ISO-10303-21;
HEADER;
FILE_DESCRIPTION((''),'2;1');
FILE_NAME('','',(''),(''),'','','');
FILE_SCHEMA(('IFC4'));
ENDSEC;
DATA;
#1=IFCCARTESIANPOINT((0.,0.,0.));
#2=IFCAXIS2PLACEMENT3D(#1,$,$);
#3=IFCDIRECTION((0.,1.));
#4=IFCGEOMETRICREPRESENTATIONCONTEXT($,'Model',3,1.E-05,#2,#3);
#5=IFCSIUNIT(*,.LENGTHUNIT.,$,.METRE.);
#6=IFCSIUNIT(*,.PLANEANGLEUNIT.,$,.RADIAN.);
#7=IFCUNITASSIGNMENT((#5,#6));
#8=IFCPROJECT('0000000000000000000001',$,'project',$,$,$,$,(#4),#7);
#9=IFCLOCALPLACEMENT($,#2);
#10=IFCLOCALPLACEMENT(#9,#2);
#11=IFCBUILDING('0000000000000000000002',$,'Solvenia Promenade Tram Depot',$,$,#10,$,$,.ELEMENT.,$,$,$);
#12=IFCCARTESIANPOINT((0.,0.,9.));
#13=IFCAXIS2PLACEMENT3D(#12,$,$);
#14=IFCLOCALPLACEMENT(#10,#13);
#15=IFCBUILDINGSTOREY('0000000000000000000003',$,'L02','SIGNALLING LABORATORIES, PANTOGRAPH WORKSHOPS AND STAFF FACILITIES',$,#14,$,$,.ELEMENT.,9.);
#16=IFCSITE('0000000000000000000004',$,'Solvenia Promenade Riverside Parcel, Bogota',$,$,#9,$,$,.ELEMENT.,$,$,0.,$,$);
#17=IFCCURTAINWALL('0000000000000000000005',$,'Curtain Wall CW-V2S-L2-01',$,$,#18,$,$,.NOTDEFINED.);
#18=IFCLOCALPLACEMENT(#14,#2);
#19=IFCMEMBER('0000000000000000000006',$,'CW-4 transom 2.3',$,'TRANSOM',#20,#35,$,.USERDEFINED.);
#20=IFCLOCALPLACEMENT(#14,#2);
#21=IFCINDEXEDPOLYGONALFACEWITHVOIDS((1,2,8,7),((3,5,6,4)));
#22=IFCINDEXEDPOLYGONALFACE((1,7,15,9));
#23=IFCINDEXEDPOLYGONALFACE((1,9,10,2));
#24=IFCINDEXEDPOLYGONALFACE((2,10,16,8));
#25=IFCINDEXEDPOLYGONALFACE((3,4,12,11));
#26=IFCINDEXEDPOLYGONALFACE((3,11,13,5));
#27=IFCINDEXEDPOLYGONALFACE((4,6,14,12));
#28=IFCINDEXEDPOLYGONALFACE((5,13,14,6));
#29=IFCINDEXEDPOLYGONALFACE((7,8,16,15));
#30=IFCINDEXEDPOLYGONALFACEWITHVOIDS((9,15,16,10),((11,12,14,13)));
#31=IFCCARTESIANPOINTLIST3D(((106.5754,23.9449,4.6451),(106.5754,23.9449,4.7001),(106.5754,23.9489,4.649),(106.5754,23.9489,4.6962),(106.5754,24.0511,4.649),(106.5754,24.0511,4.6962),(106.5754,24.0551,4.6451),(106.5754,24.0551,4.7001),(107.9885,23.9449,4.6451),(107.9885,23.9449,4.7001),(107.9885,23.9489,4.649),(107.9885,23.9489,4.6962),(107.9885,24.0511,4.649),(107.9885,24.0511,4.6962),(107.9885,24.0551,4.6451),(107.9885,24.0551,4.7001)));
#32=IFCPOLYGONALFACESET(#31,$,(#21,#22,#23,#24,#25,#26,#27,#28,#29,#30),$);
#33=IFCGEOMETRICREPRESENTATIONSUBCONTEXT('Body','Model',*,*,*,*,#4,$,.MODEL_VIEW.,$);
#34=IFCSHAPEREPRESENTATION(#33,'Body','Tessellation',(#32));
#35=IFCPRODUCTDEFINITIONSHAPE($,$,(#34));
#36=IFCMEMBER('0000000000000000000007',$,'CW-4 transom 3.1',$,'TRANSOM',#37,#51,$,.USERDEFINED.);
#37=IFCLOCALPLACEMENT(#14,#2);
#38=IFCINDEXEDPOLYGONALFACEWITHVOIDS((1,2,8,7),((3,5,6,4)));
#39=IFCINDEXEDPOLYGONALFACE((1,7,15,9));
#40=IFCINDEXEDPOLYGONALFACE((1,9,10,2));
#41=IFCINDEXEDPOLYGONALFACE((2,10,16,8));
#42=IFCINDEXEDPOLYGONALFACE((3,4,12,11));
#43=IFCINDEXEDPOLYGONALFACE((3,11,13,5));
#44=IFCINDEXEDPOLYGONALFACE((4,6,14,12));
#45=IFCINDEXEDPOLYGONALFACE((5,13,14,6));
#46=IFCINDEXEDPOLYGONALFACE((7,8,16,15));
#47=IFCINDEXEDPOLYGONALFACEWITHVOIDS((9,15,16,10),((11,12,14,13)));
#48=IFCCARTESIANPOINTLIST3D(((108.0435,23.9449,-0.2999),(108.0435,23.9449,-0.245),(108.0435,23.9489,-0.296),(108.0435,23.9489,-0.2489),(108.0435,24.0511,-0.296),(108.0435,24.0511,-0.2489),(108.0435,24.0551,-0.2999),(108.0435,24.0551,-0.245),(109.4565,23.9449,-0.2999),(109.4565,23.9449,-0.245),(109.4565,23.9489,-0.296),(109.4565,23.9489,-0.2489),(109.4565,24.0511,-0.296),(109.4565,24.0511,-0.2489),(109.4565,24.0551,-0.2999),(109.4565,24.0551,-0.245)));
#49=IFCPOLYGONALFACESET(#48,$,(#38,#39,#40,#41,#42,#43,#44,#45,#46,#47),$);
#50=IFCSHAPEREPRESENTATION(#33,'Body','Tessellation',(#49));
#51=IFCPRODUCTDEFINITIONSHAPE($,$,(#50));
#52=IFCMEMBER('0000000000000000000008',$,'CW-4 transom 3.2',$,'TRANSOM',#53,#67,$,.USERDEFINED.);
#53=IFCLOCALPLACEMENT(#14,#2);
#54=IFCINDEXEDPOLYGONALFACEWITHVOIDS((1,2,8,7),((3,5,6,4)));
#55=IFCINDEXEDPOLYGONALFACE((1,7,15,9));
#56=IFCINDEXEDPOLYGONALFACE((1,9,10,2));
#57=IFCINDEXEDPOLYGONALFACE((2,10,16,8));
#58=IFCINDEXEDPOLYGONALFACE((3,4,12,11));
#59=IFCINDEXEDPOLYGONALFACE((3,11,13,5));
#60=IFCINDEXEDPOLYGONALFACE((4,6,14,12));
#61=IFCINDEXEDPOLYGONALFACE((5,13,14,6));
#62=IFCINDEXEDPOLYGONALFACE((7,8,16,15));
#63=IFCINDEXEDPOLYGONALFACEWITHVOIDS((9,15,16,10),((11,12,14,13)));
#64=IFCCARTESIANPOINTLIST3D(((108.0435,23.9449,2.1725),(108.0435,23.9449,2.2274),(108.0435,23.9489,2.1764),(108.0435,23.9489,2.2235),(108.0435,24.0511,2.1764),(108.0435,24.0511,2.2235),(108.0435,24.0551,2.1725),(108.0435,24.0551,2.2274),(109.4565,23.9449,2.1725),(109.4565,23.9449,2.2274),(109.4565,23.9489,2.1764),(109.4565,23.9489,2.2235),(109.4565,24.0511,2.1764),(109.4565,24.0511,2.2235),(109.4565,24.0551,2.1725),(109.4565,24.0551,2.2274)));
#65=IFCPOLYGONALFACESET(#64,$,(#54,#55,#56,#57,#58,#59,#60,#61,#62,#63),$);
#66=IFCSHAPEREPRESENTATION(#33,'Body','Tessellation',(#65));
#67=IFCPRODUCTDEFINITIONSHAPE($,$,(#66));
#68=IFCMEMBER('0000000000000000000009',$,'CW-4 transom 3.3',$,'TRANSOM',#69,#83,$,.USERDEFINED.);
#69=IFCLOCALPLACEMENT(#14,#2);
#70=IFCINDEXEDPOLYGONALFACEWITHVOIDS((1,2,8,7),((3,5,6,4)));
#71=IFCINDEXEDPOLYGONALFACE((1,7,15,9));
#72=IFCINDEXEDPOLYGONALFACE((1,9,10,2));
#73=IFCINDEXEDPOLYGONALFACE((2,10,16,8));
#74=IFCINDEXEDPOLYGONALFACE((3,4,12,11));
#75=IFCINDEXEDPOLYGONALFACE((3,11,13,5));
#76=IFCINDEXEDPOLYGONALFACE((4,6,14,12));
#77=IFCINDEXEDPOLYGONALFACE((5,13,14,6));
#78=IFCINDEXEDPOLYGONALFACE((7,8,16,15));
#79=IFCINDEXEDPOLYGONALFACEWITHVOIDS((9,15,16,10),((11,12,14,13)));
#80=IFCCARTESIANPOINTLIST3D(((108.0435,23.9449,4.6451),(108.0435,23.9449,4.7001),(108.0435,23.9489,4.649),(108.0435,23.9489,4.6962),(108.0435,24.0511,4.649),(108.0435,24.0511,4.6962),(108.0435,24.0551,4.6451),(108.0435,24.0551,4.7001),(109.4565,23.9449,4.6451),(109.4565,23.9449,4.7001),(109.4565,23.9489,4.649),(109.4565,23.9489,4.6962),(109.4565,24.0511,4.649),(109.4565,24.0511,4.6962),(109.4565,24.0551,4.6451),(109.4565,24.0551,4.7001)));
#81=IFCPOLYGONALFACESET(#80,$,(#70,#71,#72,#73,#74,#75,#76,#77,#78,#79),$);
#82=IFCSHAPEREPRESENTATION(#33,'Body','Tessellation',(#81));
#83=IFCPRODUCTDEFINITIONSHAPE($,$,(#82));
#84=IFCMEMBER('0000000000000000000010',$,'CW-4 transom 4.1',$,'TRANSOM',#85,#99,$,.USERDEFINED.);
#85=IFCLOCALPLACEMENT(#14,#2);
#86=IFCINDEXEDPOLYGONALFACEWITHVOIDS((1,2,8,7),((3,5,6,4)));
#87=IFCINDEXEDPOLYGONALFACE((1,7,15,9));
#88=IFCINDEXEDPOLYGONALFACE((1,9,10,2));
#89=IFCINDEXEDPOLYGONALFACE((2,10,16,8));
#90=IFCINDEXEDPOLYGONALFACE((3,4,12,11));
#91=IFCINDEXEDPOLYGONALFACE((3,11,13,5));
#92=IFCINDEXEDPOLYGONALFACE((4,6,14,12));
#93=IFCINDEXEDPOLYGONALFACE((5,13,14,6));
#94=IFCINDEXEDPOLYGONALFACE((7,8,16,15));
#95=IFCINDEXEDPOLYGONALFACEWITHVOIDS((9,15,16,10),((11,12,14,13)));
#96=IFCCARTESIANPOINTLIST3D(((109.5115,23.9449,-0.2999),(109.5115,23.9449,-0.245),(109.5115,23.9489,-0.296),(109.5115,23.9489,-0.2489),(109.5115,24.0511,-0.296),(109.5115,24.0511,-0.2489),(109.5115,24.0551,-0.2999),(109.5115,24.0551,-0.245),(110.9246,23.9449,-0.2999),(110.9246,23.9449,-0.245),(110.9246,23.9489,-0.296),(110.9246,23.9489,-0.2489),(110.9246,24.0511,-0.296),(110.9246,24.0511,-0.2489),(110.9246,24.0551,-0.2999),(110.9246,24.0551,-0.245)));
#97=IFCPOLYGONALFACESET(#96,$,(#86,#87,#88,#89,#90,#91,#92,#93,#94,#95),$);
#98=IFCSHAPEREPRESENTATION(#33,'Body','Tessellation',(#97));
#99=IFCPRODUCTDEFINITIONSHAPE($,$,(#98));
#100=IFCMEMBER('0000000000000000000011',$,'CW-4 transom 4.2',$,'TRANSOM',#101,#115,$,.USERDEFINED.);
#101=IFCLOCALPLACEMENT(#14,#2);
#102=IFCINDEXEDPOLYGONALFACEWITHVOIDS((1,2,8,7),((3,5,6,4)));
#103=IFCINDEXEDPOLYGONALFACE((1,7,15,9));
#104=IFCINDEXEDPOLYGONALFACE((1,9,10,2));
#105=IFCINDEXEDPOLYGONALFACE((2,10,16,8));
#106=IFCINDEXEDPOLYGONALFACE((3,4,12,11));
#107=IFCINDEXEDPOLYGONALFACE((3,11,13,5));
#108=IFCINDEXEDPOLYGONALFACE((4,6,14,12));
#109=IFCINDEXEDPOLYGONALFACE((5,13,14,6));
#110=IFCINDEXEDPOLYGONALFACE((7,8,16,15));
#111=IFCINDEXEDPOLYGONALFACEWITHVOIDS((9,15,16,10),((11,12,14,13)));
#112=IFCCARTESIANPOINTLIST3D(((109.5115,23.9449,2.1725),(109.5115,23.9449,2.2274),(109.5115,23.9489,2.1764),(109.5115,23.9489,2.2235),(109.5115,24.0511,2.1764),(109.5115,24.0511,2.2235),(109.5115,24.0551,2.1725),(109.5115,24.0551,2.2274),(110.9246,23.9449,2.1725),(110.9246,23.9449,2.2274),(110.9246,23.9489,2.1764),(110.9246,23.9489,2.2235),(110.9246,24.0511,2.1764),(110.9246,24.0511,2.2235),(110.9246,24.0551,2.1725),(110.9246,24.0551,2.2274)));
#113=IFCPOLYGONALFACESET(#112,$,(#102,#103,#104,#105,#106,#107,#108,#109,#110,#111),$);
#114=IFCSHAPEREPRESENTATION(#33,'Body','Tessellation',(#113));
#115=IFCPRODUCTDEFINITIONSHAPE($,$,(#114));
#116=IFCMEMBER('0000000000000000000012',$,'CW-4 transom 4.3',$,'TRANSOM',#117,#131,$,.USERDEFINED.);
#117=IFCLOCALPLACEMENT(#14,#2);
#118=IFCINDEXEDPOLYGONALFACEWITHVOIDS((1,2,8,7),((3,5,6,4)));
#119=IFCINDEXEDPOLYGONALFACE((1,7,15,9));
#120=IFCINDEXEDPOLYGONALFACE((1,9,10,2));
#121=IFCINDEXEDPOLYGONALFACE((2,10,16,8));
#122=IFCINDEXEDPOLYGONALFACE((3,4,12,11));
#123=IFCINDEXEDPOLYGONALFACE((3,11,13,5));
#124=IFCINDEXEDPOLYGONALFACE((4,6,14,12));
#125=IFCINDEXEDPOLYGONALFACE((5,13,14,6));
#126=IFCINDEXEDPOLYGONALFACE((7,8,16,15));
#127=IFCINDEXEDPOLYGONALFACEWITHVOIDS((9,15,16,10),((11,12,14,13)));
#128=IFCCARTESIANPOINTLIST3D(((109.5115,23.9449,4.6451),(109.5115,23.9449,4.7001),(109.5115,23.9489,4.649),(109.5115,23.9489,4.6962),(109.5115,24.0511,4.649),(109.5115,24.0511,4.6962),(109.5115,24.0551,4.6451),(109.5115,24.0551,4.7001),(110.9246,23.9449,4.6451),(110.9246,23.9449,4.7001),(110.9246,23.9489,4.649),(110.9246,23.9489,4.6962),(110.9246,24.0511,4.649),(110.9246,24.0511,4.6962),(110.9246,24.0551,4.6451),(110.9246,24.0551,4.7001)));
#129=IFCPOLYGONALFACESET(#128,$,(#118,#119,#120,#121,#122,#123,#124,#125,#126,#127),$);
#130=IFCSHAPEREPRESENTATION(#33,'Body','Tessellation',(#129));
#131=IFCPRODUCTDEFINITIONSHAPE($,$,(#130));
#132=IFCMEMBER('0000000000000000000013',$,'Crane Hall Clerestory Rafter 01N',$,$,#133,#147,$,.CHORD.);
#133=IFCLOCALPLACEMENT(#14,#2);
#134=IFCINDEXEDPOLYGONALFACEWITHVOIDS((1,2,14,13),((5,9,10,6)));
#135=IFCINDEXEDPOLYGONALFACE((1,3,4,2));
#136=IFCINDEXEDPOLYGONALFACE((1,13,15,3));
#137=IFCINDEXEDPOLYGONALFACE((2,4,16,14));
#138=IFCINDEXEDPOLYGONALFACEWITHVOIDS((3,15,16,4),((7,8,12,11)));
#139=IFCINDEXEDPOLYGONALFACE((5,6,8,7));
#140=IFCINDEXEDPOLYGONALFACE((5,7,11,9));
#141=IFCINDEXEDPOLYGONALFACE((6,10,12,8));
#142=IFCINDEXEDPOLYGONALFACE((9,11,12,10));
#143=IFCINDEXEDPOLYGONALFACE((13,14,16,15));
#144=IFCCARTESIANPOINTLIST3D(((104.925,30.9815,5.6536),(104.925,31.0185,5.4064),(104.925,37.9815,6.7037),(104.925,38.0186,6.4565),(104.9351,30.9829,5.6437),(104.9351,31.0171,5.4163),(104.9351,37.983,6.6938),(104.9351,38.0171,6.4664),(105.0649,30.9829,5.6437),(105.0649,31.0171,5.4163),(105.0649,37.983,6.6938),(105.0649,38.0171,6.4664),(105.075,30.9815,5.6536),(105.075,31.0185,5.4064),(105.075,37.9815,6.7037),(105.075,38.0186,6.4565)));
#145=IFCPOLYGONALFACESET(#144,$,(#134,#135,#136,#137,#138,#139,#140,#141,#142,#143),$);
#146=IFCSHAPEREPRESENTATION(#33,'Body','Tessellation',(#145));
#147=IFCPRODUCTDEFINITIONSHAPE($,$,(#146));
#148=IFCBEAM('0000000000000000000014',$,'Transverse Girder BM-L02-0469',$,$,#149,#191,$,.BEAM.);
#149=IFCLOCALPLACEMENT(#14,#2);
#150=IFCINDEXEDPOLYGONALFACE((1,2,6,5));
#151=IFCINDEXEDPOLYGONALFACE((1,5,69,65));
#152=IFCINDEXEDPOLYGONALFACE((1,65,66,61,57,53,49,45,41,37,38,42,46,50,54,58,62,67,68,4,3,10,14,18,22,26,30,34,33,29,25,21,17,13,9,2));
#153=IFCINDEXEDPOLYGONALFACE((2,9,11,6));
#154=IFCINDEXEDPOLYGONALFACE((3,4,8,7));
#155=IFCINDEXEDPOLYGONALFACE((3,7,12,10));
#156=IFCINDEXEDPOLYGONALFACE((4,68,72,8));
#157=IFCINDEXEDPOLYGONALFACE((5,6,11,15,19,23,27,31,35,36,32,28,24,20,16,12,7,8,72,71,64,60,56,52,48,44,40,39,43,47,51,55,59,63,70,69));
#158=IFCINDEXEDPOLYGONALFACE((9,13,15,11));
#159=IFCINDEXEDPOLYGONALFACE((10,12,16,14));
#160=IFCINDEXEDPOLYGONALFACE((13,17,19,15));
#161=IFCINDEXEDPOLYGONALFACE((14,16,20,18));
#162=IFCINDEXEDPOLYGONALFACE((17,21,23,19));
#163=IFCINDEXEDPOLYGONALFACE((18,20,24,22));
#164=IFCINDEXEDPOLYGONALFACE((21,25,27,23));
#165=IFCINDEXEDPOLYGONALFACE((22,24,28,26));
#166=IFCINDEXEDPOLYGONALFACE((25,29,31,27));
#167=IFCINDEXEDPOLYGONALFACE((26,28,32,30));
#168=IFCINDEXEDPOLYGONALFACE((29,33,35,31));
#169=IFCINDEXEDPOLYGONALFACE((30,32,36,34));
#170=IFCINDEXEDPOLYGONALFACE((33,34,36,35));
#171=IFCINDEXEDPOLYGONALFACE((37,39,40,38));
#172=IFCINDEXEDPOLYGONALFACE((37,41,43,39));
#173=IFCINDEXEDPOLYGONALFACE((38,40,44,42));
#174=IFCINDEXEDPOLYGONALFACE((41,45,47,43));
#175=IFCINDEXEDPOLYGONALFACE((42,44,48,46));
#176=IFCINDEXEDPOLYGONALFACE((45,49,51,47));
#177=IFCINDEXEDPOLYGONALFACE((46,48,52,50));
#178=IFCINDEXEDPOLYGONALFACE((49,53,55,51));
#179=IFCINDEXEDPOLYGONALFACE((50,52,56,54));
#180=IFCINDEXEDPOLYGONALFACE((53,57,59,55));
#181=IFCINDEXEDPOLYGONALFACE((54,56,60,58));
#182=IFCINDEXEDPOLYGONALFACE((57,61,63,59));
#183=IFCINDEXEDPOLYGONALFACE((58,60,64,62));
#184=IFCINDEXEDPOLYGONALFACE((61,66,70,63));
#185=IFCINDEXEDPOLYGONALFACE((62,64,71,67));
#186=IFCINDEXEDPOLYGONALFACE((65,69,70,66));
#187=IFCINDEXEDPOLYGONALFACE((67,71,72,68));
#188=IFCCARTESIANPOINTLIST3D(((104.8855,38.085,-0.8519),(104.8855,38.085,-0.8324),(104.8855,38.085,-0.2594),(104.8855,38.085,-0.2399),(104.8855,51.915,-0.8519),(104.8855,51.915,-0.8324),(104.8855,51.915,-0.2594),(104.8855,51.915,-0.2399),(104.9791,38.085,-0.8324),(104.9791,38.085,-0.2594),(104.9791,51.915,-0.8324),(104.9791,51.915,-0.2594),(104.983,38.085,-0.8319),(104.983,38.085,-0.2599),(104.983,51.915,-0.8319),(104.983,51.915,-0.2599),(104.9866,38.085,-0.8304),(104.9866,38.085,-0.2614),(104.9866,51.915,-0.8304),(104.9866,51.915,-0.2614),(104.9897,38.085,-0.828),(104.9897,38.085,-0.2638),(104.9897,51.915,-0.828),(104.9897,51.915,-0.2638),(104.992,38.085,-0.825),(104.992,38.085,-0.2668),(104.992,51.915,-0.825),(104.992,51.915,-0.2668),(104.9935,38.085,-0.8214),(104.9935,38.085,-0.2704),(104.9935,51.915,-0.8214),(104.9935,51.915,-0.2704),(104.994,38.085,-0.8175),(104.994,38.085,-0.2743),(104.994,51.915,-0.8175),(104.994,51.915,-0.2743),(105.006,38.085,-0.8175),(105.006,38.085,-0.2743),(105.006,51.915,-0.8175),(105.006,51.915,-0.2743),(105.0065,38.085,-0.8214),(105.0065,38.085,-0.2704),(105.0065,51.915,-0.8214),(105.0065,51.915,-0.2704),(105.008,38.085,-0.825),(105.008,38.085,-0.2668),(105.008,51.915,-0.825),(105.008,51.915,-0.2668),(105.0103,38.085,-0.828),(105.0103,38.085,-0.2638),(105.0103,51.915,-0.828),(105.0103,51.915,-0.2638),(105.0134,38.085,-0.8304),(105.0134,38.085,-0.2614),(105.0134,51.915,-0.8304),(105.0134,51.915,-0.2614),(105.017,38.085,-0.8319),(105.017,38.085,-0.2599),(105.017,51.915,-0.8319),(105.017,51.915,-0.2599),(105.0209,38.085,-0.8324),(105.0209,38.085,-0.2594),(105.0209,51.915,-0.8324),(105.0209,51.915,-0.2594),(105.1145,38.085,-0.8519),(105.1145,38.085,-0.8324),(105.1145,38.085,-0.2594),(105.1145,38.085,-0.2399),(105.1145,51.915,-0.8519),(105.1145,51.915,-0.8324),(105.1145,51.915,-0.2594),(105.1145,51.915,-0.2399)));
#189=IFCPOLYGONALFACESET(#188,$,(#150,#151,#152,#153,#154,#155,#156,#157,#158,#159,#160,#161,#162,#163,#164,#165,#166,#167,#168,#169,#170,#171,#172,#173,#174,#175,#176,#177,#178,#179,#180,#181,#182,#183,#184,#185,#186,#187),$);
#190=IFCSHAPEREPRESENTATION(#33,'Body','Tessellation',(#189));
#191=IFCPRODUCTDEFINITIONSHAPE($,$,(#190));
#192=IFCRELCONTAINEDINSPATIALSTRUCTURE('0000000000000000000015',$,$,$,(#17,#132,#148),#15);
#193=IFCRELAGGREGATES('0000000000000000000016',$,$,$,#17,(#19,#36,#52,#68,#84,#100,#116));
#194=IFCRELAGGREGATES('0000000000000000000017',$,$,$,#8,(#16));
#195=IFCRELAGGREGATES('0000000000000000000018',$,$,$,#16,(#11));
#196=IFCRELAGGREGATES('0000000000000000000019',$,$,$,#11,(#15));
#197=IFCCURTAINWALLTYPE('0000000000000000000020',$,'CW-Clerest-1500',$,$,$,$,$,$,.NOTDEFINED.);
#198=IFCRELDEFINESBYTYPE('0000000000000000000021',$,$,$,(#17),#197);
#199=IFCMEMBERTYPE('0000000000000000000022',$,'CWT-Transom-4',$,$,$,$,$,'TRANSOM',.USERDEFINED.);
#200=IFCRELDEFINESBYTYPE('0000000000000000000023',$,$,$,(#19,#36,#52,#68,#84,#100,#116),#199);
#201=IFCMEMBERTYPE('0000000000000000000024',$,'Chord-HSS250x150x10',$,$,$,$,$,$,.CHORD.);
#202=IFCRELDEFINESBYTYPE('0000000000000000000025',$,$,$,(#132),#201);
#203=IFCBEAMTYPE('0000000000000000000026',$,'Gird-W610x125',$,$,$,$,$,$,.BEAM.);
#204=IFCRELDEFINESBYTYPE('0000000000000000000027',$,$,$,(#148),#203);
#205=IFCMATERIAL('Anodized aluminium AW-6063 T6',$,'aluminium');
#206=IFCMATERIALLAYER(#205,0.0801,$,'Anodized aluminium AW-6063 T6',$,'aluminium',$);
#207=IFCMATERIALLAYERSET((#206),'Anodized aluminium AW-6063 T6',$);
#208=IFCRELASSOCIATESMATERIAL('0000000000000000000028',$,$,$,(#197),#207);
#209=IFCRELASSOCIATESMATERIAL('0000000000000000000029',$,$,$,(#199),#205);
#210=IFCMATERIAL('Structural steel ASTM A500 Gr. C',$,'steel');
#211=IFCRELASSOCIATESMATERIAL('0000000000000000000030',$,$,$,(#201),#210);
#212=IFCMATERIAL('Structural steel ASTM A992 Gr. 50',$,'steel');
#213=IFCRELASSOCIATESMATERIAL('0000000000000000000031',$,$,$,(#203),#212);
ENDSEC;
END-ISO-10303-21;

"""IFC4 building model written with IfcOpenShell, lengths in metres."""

from ifc_helpers import new_model, si_unit, direction, frame, origin, origin_2d, place, context, subcontext, project, spatial, hollow_rectangle, i_section, extrude, material, layer, layer_set, material_profile, profile_set, type_object, element, aggregate, save


model = new_model("IFC4")

# Units and contexts
model_context = context("Model", 3, precision=1e-05, world=origin(), true_north=direction((0.0, 1.0)))
body_context = subcontext(model_context, "Body", "Model", "MODEL_VIEW")
ifc_project = project(units=[si_unit("LENGTHUNIT", "METRE"), si_unit("PLANEANGLEUNIT", "RADIAN")], contexts=[model_context])

# Site, building, storey
site_placement = place(None, origin())
site = spatial("IfcSite", under=ifc_project, at=site_placement, Name="Solvenia Promenade Riverside Parcel, Bogota", CompositionType="ELEMENT", RefElevation=0.0)
building_placement = place(site_placement, origin())
building = spatial("IfcBuilding", under=site, at=building_placement, Name="Solvenia Promenade Tram Depot", CompositionType="ELEMENT")
storey_placement = place(building_placement, frame((0.0, 0.0, 9.0)))
storey = spatial("IfcBuildingStorey", under=building, at=storey_placement, Name="L02", Description="SIGNALLING LABORATORIES, PANTOGRAPH WORKSHOPS AND STAFF FACILITIES", CompositionType="ELEMENT", Elevation=9.0)

# Shared definitions
ifc_material_1 = material(Name="Structural steel ASTM A992 Gr. 50", Category="steel")

# Shared definitions
ifc_material_2 = material(Name="Anodized aluminium AW-6063 T6", Category="aluminium")

# Curtain wall
ifc_layer_1 = layer(ifc_material_2, 0.0801, Name="Anodized aluminium AW-6063 T6", Category="aluminium")
ifc_layer_set_1 = layer_set([ifc_layer_1], Name="Anodized aluminium AW-6063 T6")
curtain_wall_type_1 = type_object("IfcCurtainWallType", Name="CW-Clerest-1500", PredefinedType="NOTDEFINED", material=ifc_layer_set_1)
curtain_wall_1_placement = place(storey_placement, origin())
curtain_wall_1 = element("IfcCurtainWall", 1, at=curtain_wall_1_placement, inside=storey, type_object=curtain_wall_type_1, Name="Curtain Wall CW-V2S-L2-01", PredefinedType="NOTDEFINED")

# Members
ifc_material_profile_1 = material_profile(ifc_material_2, hollow_rectangle(XDim=0.1101, YDim=0.0549, WallThickness=0.0039, at=origin_2d()), Name="ALU-T4", Category="aluminium")
ifc_profile_set_1 = profile_set([ifc_material_profile_1], Name="Anodized aluminium AW-6063 T6")
member_type_1 = type_object("IfcMemberType", Name="CWT-Transom-4", ElementType="TRANSOM", PredefinedType="USERDEFINED", material=ifc_profile_set_1)
member_1_placement = place(storey_placement, frame((106.5754, 24.0, 4.6726), z_axis=(1.0, 0.0, 0.0), x_axis=(0.0, 1.0, 0.0)))
member_1 = element("IfcMember", 2, at=member_1_placement, type_object=member_type_1, Name="CW-4 transom 2.3", ObjectType="TRANSOM", PredefinedType="USERDEFINED", context=body_context, shape_type="SweptSolid", body=[
    extrude(hollow_rectangle(XDim=0.1101, YDim=0.0549, WallThickness=0.0039, at=origin_2d()), origin(), (0.0, 0.0, 1.0), 1.4131),
])
member_2_placement = place(storey_placement, frame((108.0435, 24.0, -0.2725), z_axis=(1.0, 0.0, 0.0), x_axis=(0.0, 1.0, 0.0)))
member_2 = element("IfcMember", 3, at=member_2_placement, type_object=member_type_1, Name="CW-4 transom 3.1", ObjectType="TRANSOM", PredefinedType="USERDEFINED", context=body_context, shape_type="SweptSolid", body=[
    extrude(hollow_rectangle(XDim=0.1101, YDim=0.0549, WallThickness=0.0039, at=origin_2d()), origin(), (0.0, 0.0, 1.0), 1.4131),
])
member_3_placement = place(storey_placement, frame((108.0435, 24.0, 2.2), z_axis=(1.0, 0.0, 0.0), x_axis=(0.0, 1.0, 0.0)))
member_3 = element("IfcMember", 4, at=member_3_placement, type_object=member_type_1, Name="CW-4 transom 3.2", ObjectType="TRANSOM", PredefinedType="USERDEFINED", context=body_context, shape_type="SweptSolid", body=[
    extrude(hollow_rectangle(XDim=0.1101, YDim=0.0549, WallThickness=0.0039, at=origin_2d()), origin(), (0.0, 0.0, 1.0), 1.4131),
])
member_4_placement = place(storey_placement, frame((108.0435, 24.0, 4.6726), z_axis=(1.0, 0.0, 0.0), x_axis=(0.0, 1.0, 0.0)))
member_4 = element("IfcMember", 5, at=member_4_placement, type_object=member_type_1, Name="CW-4 transom 3.3", ObjectType="TRANSOM", PredefinedType="USERDEFINED", context=body_context, shape_type="SweptSolid", body=[
    extrude(hollow_rectangle(XDim=0.1101, YDim=0.0549, WallThickness=0.0039, at=origin_2d()), origin(), (0.0, 0.0, 1.0), 1.4131),
])
member_5_placement = place(storey_placement, frame((109.5115, 24.0, -0.2725), z_axis=(1.0, 0.0, 0.0), x_axis=(0.0, 1.0, 0.0)))
member_5 = element("IfcMember", 6, at=member_5_placement, type_object=member_type_1, Name="CW-4 transom 4.1", ObjectType="TRANSOM", PredefinedType="USERDEFINED", context=body_context, shape_type="SweptSolid", body=[
    extrude(hollow_rectangle(XDim=0.1101, YDim=0.0549, WallThickness=0.0039, at=origin_2d()), origin(), (0.0, 0.0, 1.0), 1.4131),
])
member_6_placement = place(storey_placement, frame((109.5115, 24.0, 2.2), z_axis=(1.0, 0.0, 0.0), x_axis=(0.0, 1.0, 0.0)))
member_6 = element("IfcMember", 7, at=member_6_placement, type_object=member_type_1, Name="CW-4 transom 4.2", ObjectType="TRANSOM", PredefinedType="USERDEFINED", context=body_context, shape_type="SweptSolid", body=[
    extrude(hollow_rectangle(XDim=0.1101, YDim=0.0549, WallThickness=0.0039, at=origin_2d()), origin(), (0.0, 0.0, 1.0), 1.4131),
])
member_7_placement = place(storey_placement, frame((109.5115, 24.0, 4.6726), z_axis=(1.0, 0.0, 0.0), x_axis=(0.0, 1.0, 0.0)))
member_7 = element("IfcMember", 8, at=member_7_placement, type_object=member_type_1, Name="CW-4 transom 4.3", ObjectType="TRANSOM", PredefinedType="USERDEFINED", context=body_context, shape_type="SweptSolid", body=[
    extrude(hollow_rectangle(XDim=0.1101, YDim=0.0549, WallThickness=0.0039, at=origin_2d()), origin(), (0.0, 0.0, 1.0), 1.4131),
])
ifc_material_3 = material(Name="Structural steel ASTM A500 Gr. C", Category="steel")
ifc_material_profile_2 = material_profile(ifc_material_3, hollow_rectangle(XDim=0.1499, YDim=0.25, WallThickness=0.01, at=origin_2d()), Name="HSS250x150x10", Category="steel")
ifc_profile_set_2 = profile_set([ifc_material_profile_2], Name="Structural steel ASTM A500 Gr. C")
member_type_2 = type_object("IfcMemberType", Name="Chord-HSS250x150x10", PredefinedType="CHORD", material=ifc_profile_set_2)
member_8_placement = place(storey_placement, frame((105.0, 31.0, 5.53), z_axis=(0.0, 0.988935, 0.148347), x_axis=(-1.0, 0.0, 0.0)))
element("IfcMember", 9, at=member_8_placement, inside=storey, type_object=member_type_2, Name="Crane Hall Clerestory Rafter 01N", PredefinedType="CHORD", context=body_context, shape_type="SweptSolid", body=[
    extrude(hollow_rectangle(XDim=0.1499, YDim=0.25, WallThickness=0.01, at=origin_2d()), origin(), (0.0, 0.0, 1.0), 7.0784),
])

# Beam
ifc_material_profile_3 = material_profile(ifc_material_1, i_section(OverallWidth=0.229, OverallDepth=0.6121, WebThickness=0.012, FlangeThickness=0.0195, FilletRadius=0.0149, at=origin_2d()), Name="W610x125", Category="steel")
ifc_profile_set_3 = profile_set([ifc_material_profile_3], Name="Structural steel ASTM A992 Gr. 50")
beam_type_1 = type_object("IfcBeamType", Name="Gird-W610x125", PredefinedType="BEAM", material=ifc_profile_set_3)
beam_1_placement = place(storey_placement, frame((105.0, 38.085, -0.5459), z_axis=(0.0, 1.0, 0.0), x_axis=(-1.0, 0.0, 0.0)))
element("IfcBeam", 10, at=beam_1_placement, inside=storey, type_object=beam_type_1, Name="Transverse Girder BM-L02-0469", PredefinedType="BEAM", context=body_context, shape_type="SweptSolid", body=[
    extrude(i_section(OverallWidth=0.229, OverallDepth=0.6121, WebThickness=0.012, FlangeThickness=0.0195, FilletRadius=0.0149, at=origin_2d()), origin(), (0.0, 0.0, 1.0), 13.8301),
])

aggregate(curtain_wall_1, [member_1, member_2, member_3, member_4, member_5, member_6, member_7])

save(model, "model.ifc")
